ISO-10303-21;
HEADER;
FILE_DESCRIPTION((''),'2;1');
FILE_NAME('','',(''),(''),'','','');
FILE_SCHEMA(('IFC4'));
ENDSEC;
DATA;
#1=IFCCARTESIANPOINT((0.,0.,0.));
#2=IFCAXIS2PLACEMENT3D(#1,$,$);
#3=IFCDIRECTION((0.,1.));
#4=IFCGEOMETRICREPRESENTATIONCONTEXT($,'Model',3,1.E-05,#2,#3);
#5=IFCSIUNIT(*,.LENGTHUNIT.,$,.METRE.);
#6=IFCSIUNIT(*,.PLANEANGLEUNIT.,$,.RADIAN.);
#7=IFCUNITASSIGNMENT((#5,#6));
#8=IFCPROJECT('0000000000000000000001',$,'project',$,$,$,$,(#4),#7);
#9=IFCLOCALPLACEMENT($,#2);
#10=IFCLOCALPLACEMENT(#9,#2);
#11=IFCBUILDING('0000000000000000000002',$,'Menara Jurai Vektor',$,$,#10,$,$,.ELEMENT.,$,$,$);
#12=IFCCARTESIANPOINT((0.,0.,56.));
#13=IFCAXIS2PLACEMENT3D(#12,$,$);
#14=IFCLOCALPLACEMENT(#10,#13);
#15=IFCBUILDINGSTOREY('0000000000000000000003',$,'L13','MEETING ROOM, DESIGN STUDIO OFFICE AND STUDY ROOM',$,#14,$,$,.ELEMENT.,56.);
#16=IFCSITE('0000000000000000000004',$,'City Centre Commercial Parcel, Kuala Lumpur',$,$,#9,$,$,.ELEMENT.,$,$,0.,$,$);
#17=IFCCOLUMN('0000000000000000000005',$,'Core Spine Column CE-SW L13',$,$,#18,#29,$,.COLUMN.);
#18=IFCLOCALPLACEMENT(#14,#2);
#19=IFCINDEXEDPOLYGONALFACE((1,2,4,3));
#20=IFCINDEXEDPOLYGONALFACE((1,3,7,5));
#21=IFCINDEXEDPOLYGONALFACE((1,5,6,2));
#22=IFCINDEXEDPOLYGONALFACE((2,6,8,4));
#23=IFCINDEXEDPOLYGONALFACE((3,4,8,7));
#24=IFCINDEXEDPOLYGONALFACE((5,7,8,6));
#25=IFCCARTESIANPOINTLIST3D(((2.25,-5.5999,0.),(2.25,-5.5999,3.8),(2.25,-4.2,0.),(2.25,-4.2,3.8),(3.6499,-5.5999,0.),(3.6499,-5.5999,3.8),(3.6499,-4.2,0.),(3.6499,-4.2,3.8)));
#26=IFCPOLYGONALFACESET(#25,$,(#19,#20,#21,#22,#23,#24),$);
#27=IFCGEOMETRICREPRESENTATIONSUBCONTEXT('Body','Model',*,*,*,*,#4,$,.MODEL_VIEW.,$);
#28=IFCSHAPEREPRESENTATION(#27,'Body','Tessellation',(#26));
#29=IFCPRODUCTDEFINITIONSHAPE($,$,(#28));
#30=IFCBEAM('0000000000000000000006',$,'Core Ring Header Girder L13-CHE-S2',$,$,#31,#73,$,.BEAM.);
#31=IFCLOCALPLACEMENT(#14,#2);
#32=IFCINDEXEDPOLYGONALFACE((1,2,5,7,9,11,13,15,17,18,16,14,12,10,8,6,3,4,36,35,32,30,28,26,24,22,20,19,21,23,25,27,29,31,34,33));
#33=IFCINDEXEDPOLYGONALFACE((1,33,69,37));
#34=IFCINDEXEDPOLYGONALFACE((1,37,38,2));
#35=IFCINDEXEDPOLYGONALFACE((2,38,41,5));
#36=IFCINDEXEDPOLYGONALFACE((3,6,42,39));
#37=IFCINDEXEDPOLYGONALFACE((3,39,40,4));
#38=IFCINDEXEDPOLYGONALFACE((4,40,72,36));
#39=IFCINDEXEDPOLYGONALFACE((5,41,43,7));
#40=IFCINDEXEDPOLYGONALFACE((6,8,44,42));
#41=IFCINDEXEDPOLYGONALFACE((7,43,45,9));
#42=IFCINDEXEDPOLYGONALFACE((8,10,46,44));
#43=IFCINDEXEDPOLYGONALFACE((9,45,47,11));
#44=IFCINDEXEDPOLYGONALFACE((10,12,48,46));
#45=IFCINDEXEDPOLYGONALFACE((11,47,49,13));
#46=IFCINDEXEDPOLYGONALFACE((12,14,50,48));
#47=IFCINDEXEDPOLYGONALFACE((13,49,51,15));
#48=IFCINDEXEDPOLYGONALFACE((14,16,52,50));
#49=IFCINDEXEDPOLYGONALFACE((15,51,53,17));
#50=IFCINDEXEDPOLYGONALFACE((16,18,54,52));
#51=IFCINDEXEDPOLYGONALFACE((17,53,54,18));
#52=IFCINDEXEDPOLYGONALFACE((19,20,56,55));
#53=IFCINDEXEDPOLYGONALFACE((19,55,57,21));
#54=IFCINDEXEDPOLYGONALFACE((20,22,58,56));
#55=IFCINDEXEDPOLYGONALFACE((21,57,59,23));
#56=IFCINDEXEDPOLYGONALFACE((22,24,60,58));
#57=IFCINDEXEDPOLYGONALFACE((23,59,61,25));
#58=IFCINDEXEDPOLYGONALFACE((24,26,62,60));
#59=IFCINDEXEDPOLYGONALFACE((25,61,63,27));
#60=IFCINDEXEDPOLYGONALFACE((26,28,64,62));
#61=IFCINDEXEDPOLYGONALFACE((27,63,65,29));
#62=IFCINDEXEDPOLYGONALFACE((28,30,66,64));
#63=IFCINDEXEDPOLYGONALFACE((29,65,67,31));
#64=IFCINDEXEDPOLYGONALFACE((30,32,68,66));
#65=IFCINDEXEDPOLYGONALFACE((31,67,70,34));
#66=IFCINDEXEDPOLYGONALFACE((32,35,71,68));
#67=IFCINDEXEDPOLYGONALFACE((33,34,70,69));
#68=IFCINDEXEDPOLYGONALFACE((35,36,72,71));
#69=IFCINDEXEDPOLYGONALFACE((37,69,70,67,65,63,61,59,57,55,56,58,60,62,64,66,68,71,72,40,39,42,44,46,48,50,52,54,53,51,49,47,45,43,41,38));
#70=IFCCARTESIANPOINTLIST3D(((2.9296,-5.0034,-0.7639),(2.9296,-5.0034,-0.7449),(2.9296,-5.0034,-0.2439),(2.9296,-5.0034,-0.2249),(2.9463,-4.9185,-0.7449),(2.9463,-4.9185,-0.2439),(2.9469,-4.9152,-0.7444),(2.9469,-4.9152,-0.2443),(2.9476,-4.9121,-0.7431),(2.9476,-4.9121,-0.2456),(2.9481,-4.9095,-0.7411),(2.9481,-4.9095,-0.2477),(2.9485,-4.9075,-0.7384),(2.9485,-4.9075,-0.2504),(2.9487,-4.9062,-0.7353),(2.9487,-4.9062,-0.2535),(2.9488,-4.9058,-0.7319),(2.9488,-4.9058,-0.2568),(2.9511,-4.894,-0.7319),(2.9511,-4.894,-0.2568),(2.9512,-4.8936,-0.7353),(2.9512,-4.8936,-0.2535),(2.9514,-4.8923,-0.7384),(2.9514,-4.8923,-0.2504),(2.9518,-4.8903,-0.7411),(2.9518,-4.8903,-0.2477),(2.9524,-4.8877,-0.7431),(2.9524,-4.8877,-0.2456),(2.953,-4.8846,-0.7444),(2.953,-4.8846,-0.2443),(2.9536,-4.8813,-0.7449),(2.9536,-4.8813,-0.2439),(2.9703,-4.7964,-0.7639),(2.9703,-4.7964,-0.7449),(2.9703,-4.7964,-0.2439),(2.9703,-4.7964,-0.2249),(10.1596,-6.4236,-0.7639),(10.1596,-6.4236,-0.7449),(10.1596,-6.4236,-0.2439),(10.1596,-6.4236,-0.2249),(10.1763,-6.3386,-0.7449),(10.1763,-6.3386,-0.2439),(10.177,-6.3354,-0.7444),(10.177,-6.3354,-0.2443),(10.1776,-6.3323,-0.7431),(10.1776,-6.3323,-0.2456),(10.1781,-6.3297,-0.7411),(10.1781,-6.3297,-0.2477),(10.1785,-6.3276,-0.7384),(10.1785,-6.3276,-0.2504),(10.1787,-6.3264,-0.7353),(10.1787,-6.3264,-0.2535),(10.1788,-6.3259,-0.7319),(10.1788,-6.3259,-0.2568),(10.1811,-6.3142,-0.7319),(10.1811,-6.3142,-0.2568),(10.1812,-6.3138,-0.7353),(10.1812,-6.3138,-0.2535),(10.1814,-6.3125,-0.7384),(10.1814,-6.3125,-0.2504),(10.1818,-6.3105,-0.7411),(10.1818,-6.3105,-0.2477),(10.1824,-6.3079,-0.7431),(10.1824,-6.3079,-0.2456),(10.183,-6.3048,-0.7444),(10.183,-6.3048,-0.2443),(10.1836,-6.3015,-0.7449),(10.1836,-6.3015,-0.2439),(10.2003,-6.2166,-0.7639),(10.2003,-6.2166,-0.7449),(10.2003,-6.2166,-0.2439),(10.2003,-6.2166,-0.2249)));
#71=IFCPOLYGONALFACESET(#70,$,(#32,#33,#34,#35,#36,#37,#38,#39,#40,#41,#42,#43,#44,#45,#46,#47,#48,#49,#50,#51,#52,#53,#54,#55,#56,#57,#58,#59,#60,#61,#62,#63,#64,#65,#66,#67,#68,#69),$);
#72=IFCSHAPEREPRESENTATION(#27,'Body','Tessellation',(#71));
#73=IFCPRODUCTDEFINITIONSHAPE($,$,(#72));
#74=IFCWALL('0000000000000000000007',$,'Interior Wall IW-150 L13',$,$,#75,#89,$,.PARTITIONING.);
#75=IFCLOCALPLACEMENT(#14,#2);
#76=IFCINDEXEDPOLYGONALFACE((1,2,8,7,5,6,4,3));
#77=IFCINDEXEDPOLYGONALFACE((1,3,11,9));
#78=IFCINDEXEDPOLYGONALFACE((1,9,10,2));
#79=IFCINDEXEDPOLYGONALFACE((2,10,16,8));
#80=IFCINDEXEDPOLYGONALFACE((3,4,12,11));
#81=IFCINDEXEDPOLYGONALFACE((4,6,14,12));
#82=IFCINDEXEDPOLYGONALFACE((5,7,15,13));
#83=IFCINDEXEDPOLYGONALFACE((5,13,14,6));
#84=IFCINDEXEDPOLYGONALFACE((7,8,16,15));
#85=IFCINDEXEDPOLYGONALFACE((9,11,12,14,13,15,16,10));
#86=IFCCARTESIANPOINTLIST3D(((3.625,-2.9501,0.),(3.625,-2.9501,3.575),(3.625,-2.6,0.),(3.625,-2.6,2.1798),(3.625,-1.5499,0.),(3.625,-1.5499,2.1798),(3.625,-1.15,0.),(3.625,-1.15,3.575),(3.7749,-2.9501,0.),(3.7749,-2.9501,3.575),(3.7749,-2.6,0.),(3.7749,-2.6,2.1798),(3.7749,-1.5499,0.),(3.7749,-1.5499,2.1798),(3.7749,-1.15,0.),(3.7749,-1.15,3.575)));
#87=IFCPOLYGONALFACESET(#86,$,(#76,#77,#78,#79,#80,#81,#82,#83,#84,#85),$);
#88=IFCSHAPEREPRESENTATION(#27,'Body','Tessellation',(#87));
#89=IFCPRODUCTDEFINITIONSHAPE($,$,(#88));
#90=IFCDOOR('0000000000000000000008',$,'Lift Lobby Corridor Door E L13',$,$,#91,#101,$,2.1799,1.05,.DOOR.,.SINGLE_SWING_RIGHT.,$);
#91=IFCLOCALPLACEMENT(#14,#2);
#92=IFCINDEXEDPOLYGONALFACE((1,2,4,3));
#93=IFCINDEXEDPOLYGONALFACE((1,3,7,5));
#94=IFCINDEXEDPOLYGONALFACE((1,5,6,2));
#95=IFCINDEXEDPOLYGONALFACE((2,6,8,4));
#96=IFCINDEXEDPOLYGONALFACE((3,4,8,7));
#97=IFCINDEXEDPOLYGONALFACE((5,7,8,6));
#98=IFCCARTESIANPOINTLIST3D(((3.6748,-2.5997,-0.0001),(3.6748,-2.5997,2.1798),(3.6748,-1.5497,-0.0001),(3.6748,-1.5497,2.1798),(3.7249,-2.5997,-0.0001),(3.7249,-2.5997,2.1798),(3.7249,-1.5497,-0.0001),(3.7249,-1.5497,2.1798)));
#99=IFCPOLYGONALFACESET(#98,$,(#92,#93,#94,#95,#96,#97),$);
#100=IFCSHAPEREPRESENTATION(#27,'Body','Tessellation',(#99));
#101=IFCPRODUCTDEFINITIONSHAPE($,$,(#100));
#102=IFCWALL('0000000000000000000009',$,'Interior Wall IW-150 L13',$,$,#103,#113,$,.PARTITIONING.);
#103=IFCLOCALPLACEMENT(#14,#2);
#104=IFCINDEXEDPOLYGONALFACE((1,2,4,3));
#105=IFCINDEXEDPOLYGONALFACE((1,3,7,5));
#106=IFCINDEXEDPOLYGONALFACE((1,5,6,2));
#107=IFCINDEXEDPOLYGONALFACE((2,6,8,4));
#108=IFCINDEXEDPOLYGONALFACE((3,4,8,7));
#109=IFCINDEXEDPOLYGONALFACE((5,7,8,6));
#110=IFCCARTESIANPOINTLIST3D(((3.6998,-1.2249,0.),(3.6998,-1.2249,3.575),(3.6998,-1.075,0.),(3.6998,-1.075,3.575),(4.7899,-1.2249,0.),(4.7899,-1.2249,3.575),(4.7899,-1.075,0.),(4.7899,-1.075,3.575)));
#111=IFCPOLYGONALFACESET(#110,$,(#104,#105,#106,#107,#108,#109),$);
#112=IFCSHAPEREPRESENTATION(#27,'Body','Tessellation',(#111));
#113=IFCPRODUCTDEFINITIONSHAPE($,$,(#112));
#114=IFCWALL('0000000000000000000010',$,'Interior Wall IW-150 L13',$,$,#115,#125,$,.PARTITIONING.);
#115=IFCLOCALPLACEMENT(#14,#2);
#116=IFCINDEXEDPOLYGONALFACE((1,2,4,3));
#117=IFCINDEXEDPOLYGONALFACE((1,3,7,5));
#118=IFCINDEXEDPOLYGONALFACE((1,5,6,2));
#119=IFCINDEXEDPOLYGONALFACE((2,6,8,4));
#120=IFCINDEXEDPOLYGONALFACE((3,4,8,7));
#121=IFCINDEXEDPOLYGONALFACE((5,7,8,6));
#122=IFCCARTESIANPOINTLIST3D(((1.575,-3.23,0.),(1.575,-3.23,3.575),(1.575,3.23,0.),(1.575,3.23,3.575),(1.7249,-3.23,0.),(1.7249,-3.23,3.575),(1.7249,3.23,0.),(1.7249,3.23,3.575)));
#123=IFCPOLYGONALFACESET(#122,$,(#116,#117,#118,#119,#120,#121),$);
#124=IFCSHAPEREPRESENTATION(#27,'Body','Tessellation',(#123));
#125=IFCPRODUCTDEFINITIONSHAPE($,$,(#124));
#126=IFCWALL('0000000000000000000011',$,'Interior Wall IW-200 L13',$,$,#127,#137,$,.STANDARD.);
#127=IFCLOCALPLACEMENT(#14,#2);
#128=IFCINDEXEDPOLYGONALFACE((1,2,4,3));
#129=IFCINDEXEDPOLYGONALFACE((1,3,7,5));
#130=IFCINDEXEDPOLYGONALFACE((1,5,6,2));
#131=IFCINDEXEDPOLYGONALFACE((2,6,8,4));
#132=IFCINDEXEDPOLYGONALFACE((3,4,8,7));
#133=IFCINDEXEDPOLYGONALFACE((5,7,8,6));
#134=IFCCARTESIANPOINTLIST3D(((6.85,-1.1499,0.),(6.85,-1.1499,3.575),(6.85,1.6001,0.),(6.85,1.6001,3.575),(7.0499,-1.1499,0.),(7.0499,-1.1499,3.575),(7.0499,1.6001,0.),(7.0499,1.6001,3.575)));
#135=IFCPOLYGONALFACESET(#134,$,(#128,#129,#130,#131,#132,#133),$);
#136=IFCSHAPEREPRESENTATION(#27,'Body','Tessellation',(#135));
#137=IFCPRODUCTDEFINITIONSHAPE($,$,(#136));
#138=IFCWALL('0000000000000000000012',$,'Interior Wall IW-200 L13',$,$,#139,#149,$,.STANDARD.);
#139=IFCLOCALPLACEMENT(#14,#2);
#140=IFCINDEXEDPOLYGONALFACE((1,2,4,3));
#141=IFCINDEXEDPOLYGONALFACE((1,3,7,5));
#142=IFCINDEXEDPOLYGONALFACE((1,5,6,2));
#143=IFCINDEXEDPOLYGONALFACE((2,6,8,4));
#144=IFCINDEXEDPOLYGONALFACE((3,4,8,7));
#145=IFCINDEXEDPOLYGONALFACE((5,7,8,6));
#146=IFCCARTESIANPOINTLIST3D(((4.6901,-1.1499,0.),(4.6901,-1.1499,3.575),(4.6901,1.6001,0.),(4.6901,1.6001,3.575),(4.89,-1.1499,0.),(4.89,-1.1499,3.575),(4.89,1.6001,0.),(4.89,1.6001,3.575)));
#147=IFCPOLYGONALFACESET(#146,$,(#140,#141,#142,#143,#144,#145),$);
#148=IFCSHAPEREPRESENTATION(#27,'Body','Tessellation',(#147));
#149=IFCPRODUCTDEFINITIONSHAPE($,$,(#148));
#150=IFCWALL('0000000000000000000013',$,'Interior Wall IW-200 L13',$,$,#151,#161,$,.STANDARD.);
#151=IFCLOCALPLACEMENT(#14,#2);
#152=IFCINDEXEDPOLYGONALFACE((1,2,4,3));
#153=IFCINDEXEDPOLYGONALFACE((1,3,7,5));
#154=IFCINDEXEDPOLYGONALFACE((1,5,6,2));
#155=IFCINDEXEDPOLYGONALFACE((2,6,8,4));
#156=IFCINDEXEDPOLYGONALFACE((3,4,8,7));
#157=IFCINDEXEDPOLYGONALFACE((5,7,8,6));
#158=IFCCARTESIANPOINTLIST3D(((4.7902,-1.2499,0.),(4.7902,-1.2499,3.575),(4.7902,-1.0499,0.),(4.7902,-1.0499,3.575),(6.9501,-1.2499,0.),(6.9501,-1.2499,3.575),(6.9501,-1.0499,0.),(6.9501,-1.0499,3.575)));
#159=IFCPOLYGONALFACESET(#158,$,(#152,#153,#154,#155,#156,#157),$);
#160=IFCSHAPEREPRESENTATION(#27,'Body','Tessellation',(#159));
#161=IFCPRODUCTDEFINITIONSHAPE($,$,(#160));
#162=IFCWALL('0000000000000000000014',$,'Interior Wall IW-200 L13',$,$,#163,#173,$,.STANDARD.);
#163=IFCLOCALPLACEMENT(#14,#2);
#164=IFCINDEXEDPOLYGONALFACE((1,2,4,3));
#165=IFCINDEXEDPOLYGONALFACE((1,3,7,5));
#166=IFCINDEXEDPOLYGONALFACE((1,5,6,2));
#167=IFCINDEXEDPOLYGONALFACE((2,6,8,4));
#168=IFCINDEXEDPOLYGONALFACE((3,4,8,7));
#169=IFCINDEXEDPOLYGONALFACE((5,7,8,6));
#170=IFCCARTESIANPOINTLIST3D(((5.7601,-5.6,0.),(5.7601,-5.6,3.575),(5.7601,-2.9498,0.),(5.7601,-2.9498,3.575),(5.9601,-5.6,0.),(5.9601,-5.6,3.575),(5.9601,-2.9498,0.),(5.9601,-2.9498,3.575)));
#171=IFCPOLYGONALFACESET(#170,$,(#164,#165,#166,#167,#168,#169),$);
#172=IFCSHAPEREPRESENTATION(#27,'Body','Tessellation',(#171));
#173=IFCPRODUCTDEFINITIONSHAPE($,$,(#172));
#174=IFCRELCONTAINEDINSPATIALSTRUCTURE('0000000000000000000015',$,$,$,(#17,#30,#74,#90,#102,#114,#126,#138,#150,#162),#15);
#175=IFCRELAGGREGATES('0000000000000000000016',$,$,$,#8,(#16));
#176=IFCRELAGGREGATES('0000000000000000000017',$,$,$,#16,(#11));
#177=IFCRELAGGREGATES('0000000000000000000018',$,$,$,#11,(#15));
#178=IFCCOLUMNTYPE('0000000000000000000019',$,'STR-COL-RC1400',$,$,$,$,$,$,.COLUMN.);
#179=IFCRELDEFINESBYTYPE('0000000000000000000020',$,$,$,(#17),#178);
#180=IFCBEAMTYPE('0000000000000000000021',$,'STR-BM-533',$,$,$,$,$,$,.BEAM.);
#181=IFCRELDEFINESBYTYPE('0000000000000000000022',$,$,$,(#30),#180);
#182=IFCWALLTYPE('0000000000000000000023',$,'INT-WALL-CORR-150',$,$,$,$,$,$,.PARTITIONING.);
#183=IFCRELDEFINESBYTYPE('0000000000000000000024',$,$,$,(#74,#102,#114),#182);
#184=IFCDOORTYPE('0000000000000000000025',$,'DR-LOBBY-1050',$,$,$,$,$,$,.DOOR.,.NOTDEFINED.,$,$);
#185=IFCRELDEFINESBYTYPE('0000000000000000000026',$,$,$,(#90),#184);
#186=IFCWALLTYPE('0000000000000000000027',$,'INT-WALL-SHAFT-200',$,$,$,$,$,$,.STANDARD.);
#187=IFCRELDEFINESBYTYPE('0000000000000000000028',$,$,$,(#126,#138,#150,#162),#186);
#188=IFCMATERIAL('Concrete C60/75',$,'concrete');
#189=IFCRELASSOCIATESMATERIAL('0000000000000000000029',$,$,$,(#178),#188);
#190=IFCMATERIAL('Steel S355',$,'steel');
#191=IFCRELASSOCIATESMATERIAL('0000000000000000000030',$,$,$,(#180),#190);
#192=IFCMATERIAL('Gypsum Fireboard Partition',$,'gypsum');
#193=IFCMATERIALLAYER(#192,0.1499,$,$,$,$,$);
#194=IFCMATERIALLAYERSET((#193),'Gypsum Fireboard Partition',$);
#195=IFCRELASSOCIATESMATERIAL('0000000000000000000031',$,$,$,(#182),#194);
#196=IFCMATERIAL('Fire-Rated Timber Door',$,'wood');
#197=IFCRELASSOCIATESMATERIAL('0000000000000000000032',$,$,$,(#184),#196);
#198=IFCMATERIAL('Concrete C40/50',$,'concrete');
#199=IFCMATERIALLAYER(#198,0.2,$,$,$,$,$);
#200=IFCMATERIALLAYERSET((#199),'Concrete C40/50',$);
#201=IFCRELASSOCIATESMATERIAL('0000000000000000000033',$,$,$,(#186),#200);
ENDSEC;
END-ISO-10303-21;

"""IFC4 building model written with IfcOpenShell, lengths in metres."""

from ifc_helpers import new_model, si_unit, direction, frame, frame_2d, origin, origin_2d, place, context, subcontext, project, spatial, rectangle, i_section, extrude, material, layer, layer_set, material_profile, profile_set, type_object, element, fill, save


model = new_model("IFC4")

# Units and contexts
model_context = context("Model", 3, precision=1e-05, world=origin(), true_north=direction((0.0, 1.0)))
body_context = subcontext(model_context, "Body", "Model", "MODEL_VIEW")
ifc_project = project(units=[si_unit("LENGTHUNIT", "METRE"), si_unit("PLANEANGLEUNIT", "RADIAN")], contexts=[model_context])

# Site, building, storey
site_placement = place(None, origin())
site = spatial("IfcSite", under=ifc_project, at=site_placement, Name="City Centre Commercial Parcel, Kuala Lumpur", CompositionType="ELEMENT", RefElevation=0.0)
building_placement = place(site_placement, origin())
building = spatial("IfcBuilding", under=site, at=building_placement, Name="Menara Jurai Vektor", CompositionType="ELEMENT")
storey_placement = place(building_placement, frame((0.0, 0.0, 56.0)))
storey = spatial("IfcBuildingStorey", under=building, at=storey_placement, Name="L13", Description="MEETING ROOM, DESIGN STUDIO OFFICE AND STUDY ROOM", CompositionType="ELEMENT", Elevation=56.0)

# Column
ifc_material_1 = material(Name="Concrete C60/75", Category="concrete")
ifc_material_profile_1 = material_profile(ifc_material_1, rectangle(XDim=1.3999, YDim=1.3999, at=origin_2d()), Name="RC 1400x1400")
ifc_profile_set_1 = profile_set([ifc_material_profile_1], Name="Concrete C60/75")
column_type = type_object("IfcColumnType", Name="STR-COL-RC1400", PredefinedType="COLUMN", material=ifc_profile_set_1)
column_placement = place(storey_placement, frame((2.95, -4.8999, 0.0), z_axis=(0.0, 0.0, 1.0), x_axis=(1.0, 0.0, 0.0)))
element("IfcColumn", 1, at=column_placement, inside=storey, type_object=column_type, Name="Core Spine Column CE-SW L13", PredefinedType="COLUMN", context=body_context, shape_type="SweptSolid", body=[
    extrude(rectangle(XDim=1.3999, YDim=1.3999, at=origin_2d()), origin(), (0.0, 0.0, 1.0), 3.8),
])

# Beam
ifc_material_2 = material(Name="Steel S355", Category="steel")
ifc_material_profile_2 = material_profile(ifc_material_2, i_section(OverallWidth=0.2109, OverallDepth=0.5391, WebThickness=0.012, FlangeThickness=0.019, FilletRadius=0.0129, at=origin_2d()), Name="UKB 533x210x109")
ifc_profile_set_2 = profile_set([ifc_material_profile_2], Name="Steel S355")
beam_type = type_object("IfcBeamType", Name="STR-BM-533", PredefinedType="BEAM", material=ifc_profile_set_2)
beam_placement = place(storey_placement, frame((2.95, -4.8999, -0.4944), z_axis=(0.981249, -0.192744, 0.0), x_axis=(0.192744, 0.981249, 0.0)))
element("IfcBeam", 2, at=beam_placement, inside=storey, type_object=beam_type, Name="Core Ring Header Girder L13-CHE-S2", PredefinedType="BEAM", context=body_context, shape_type="SweptSolid", body=[
    extrude(i_section(OverallWidth=0.2109, OverallDepth=0.5391, WebThickness=0.012, FlangeThickness=0.019, FilletRadius=0.0129, at=origin_2d()), origin(), (0.0, 0.0, 1.0), 7.3682),
])

# Wall, opening, door
ifc_material_3 = material(Name="Gypsum Fireboard Partition", Category="gypsum")
ifc_layer_1 = layer(ifc_material_3, 0.1499)
ifc_layer_set_1 = layer_set([ifc_layer_1], Name="Gypsum Fireboard Partition")
wall_type_1 = type_object("IfcWallType", Name="INT-WALL-CORR-150", PredefinedType="PARTITIONING", material=ifc_layer_set_1)
wall_1_placement = place(storey_placement, frame((3.7, -2.95, 0.0), z_axis=(0.0, 0.0, 1.0), x_axis=(0.0, 1.0, 0.0)))
wall_1 = element("IfcWall", 3, at=wall_1_placement, inside=storey, type_object=wall_type_1, Name="Interior Wall IW-150 L13", PredefinedType="PARTITIONING", context=body_context, shape_type="SweptSolid", body=[
    extrude(rectangle(XDim=1.8, YDim=0.1499, at=frame_2d((0.8999, 0.0))), origin(), (0.0, 0.0, 1.0), 3.575),
])
opening_1_placement = place(wall_1_placement, frame((0.3501, 0.0, 0.0)))
opening_1 = element("IfcOpeningElement", 4, at=opening_1_placement, cuts=wall_1, PredefinedType="OPENING", context=body_context, shape_type="SweptSolid", body=[
    extrude(rectangle(XDim=1.05, YDim=2.1799, at=frame_2d((0.5249, 1.0898))), frame((0.0, 0.085, 0.0), z_axis=(0.0, -1.0, 0.0), x_axis=(1.0, 0.0, 0.0)), (0.0, 0.0, 1.0), 0.1699),
])
ifc_material_4 = material(Name="Fire-Rated Timber Door", Category="wood")
door_type_1 = type_object("IfcDoorType", Name="DR-LOBBY-1050", OperationType="NOTDEFINED", PredefinedType="DOOR", material=ifc_material_4)
door_1_placement = place(opening_1_placement, frame((1.05, 0.0, 0.0), z_axis=(0.0, 0.0, 1.0), x_axis=(-1.0, 0.0, 0.0)))
door_1 = element("IfcDoor", 5, at=door_1_placement, inside=storey, type_object=door_type_1, Name="Lift Lobby Corridor Door E L13", OperationType="SINGLE_SWING_RIGHT", OverallHeight=2.1799, OverallWidth=1.05, PredefinedType="DOOR", context=body_context, shape_type="SweptSolid", body=[
    extrude(rectangle(XDim=1.05, YDim=2.1799, at=frame_2d((0.5249, 1.0898))), frame((0.0, 0.0249, 0.0), z_axis=(0.0, -1.0, 0.0), x_axis=(1.0, 0.0, 0.0)), (0.0, 0.0, 1.0), 0.05),
])
fill(opening_1, door_1)

# Walls
wall_2_placement = place(storey_placement, frame((3.7, -1.1499, 0.0), z_axis=(0.0, 0.0, 1.0), x_axis=(1.0, 0.0, 0.0)))
element("IfcWall", 6, at=wall_2_placement, inside=storey, type_object=wall_type_1, Name="Interior Wall IW-150 L13", PredefinedType="PARTITIONING", context=body_context, shape_type="SweptSolid", body=[
    extrude(rectangle(XDim=1.0901, YDim=0.1499, at=frame_2d((0.5449, 0.0))), origin(), (0.0, 0.0, 1.0), 3.575),
])
wall_3_placement = place(storey_placement, frame((1.6499, -3.23, 0.0), z_axis=(0.0, 0.0, 1.0), x_axis=(0.0, 1.0, 0.0)))
element("IfcWall", 7, at=wall_3_placement, inside=storey, type_object=wall_type_1, Name="Interior Wall IW-150 L13", PredefinedType="PARTITIONING", context=body_context, shape_type="SweptSolid", body=[
    extrude(rectangle(XDim=6.46, YDim=0.1499, at=frame_2d((3.23, 0.0))), origin(), (0.0, 0.0, 1.0), 3.575),
])

# Shared definitions
ifc_material_5 = material(Name="Concrete C40/50", Category="concrete")
ifc_layer_2 = layer(ifc_material_5, 0.2)
ifc_layer_set_2 = layer_set([ifc_layer_2], Name="Concrete C40/50")
wall_type_2 = type_object("IfcWallType", Name="INT-WALL-SHAFT-200", PredefinedType="STANDARD", material=ifc_layer_set_2)

# Wall
wall_4_placement = place(storey_placement, frame((6.95, -1.1499, 0.0), z_axis=(0.0, 0.0, 1.0), x_axis=(0.0, 1.0, 0.0)))
element("IfcWall", 8, at=wall_4_placement, inside=storey, type_object=wall_type_2, Name="Interior Wall IW-200 L13", PredefinedType="STANDARD", context=body_context, shape_type="SweptSolid", body=[
    extrude(rectangle(XDim=2.75, YDim=0.2, at=frame_2d((1.375, 0.0))), origin(), (0.0, 0.0, 1.0), 3.575),
])

# Walls
wall_5_placement = place(storey_placement, frame((4.79, -1.1499, 0.0), z_axis=(0.0, 0.0, 1.0), x_axis=(0.0, 1.0, 0.0)))
element("IfcWall", 9, at=wall_5_placement, inside=storey, type_object=wall_type_2, Name="Interior Wall IW-200 L13", PredefinedType="STANDARD", context=body_context, shape_type="SweptSolid", body=[
    extrude(rectangle(XDim=2.75, YDim=0.2, at=frame_2d((1.375, 0.0))), origin(), (0.0, 0.0, 1.0), 3.575),
])
wall_6_placement = place(storey_placement, frame((4.79, -1.1499, 0.0), z_axis=(0.0, 0.0, 1.0), x_axis=(1.0, 0.0, 0.0)))
element("IfcWall", 10, at=wall_6_placement, inside=storey, type_object=wall_type_2, Name="Interior Wall IW-200 L13", PredefinedType="STANDARD", context=body_context, shape_type="SweptSolid", body=[
    extrude(rectangle(XDim=2.1599, YDim=0.2, at=frame_2d((1.0801, 0.0))), origin(), (0.0, 0.0, 1.0), 3.575),
])

# Wall
wall_7_placement = place(storey_placement, frame((5.8601, -5.6001, 0.0), z_axis=(0.0, 0.0, 1.0), x_axis=(0.0, 1.0, 0.0)))
element("IfcWall", 11, at=wall_7_placement, inside=storey, type_object=wall_type_2, Name="Interior Wall IW-200 L13", PredefinedType="STANDARD", context=body_context, shape_type="SweptSolid", body=[
    extrude(rectangle(XDim=2.6501, YDim=0.2, at=frame_2d((1.3252, 0.0))), origin(), (0.0, 0.0, 1.0), 3.575),
])

save(model, "model.ifc")
